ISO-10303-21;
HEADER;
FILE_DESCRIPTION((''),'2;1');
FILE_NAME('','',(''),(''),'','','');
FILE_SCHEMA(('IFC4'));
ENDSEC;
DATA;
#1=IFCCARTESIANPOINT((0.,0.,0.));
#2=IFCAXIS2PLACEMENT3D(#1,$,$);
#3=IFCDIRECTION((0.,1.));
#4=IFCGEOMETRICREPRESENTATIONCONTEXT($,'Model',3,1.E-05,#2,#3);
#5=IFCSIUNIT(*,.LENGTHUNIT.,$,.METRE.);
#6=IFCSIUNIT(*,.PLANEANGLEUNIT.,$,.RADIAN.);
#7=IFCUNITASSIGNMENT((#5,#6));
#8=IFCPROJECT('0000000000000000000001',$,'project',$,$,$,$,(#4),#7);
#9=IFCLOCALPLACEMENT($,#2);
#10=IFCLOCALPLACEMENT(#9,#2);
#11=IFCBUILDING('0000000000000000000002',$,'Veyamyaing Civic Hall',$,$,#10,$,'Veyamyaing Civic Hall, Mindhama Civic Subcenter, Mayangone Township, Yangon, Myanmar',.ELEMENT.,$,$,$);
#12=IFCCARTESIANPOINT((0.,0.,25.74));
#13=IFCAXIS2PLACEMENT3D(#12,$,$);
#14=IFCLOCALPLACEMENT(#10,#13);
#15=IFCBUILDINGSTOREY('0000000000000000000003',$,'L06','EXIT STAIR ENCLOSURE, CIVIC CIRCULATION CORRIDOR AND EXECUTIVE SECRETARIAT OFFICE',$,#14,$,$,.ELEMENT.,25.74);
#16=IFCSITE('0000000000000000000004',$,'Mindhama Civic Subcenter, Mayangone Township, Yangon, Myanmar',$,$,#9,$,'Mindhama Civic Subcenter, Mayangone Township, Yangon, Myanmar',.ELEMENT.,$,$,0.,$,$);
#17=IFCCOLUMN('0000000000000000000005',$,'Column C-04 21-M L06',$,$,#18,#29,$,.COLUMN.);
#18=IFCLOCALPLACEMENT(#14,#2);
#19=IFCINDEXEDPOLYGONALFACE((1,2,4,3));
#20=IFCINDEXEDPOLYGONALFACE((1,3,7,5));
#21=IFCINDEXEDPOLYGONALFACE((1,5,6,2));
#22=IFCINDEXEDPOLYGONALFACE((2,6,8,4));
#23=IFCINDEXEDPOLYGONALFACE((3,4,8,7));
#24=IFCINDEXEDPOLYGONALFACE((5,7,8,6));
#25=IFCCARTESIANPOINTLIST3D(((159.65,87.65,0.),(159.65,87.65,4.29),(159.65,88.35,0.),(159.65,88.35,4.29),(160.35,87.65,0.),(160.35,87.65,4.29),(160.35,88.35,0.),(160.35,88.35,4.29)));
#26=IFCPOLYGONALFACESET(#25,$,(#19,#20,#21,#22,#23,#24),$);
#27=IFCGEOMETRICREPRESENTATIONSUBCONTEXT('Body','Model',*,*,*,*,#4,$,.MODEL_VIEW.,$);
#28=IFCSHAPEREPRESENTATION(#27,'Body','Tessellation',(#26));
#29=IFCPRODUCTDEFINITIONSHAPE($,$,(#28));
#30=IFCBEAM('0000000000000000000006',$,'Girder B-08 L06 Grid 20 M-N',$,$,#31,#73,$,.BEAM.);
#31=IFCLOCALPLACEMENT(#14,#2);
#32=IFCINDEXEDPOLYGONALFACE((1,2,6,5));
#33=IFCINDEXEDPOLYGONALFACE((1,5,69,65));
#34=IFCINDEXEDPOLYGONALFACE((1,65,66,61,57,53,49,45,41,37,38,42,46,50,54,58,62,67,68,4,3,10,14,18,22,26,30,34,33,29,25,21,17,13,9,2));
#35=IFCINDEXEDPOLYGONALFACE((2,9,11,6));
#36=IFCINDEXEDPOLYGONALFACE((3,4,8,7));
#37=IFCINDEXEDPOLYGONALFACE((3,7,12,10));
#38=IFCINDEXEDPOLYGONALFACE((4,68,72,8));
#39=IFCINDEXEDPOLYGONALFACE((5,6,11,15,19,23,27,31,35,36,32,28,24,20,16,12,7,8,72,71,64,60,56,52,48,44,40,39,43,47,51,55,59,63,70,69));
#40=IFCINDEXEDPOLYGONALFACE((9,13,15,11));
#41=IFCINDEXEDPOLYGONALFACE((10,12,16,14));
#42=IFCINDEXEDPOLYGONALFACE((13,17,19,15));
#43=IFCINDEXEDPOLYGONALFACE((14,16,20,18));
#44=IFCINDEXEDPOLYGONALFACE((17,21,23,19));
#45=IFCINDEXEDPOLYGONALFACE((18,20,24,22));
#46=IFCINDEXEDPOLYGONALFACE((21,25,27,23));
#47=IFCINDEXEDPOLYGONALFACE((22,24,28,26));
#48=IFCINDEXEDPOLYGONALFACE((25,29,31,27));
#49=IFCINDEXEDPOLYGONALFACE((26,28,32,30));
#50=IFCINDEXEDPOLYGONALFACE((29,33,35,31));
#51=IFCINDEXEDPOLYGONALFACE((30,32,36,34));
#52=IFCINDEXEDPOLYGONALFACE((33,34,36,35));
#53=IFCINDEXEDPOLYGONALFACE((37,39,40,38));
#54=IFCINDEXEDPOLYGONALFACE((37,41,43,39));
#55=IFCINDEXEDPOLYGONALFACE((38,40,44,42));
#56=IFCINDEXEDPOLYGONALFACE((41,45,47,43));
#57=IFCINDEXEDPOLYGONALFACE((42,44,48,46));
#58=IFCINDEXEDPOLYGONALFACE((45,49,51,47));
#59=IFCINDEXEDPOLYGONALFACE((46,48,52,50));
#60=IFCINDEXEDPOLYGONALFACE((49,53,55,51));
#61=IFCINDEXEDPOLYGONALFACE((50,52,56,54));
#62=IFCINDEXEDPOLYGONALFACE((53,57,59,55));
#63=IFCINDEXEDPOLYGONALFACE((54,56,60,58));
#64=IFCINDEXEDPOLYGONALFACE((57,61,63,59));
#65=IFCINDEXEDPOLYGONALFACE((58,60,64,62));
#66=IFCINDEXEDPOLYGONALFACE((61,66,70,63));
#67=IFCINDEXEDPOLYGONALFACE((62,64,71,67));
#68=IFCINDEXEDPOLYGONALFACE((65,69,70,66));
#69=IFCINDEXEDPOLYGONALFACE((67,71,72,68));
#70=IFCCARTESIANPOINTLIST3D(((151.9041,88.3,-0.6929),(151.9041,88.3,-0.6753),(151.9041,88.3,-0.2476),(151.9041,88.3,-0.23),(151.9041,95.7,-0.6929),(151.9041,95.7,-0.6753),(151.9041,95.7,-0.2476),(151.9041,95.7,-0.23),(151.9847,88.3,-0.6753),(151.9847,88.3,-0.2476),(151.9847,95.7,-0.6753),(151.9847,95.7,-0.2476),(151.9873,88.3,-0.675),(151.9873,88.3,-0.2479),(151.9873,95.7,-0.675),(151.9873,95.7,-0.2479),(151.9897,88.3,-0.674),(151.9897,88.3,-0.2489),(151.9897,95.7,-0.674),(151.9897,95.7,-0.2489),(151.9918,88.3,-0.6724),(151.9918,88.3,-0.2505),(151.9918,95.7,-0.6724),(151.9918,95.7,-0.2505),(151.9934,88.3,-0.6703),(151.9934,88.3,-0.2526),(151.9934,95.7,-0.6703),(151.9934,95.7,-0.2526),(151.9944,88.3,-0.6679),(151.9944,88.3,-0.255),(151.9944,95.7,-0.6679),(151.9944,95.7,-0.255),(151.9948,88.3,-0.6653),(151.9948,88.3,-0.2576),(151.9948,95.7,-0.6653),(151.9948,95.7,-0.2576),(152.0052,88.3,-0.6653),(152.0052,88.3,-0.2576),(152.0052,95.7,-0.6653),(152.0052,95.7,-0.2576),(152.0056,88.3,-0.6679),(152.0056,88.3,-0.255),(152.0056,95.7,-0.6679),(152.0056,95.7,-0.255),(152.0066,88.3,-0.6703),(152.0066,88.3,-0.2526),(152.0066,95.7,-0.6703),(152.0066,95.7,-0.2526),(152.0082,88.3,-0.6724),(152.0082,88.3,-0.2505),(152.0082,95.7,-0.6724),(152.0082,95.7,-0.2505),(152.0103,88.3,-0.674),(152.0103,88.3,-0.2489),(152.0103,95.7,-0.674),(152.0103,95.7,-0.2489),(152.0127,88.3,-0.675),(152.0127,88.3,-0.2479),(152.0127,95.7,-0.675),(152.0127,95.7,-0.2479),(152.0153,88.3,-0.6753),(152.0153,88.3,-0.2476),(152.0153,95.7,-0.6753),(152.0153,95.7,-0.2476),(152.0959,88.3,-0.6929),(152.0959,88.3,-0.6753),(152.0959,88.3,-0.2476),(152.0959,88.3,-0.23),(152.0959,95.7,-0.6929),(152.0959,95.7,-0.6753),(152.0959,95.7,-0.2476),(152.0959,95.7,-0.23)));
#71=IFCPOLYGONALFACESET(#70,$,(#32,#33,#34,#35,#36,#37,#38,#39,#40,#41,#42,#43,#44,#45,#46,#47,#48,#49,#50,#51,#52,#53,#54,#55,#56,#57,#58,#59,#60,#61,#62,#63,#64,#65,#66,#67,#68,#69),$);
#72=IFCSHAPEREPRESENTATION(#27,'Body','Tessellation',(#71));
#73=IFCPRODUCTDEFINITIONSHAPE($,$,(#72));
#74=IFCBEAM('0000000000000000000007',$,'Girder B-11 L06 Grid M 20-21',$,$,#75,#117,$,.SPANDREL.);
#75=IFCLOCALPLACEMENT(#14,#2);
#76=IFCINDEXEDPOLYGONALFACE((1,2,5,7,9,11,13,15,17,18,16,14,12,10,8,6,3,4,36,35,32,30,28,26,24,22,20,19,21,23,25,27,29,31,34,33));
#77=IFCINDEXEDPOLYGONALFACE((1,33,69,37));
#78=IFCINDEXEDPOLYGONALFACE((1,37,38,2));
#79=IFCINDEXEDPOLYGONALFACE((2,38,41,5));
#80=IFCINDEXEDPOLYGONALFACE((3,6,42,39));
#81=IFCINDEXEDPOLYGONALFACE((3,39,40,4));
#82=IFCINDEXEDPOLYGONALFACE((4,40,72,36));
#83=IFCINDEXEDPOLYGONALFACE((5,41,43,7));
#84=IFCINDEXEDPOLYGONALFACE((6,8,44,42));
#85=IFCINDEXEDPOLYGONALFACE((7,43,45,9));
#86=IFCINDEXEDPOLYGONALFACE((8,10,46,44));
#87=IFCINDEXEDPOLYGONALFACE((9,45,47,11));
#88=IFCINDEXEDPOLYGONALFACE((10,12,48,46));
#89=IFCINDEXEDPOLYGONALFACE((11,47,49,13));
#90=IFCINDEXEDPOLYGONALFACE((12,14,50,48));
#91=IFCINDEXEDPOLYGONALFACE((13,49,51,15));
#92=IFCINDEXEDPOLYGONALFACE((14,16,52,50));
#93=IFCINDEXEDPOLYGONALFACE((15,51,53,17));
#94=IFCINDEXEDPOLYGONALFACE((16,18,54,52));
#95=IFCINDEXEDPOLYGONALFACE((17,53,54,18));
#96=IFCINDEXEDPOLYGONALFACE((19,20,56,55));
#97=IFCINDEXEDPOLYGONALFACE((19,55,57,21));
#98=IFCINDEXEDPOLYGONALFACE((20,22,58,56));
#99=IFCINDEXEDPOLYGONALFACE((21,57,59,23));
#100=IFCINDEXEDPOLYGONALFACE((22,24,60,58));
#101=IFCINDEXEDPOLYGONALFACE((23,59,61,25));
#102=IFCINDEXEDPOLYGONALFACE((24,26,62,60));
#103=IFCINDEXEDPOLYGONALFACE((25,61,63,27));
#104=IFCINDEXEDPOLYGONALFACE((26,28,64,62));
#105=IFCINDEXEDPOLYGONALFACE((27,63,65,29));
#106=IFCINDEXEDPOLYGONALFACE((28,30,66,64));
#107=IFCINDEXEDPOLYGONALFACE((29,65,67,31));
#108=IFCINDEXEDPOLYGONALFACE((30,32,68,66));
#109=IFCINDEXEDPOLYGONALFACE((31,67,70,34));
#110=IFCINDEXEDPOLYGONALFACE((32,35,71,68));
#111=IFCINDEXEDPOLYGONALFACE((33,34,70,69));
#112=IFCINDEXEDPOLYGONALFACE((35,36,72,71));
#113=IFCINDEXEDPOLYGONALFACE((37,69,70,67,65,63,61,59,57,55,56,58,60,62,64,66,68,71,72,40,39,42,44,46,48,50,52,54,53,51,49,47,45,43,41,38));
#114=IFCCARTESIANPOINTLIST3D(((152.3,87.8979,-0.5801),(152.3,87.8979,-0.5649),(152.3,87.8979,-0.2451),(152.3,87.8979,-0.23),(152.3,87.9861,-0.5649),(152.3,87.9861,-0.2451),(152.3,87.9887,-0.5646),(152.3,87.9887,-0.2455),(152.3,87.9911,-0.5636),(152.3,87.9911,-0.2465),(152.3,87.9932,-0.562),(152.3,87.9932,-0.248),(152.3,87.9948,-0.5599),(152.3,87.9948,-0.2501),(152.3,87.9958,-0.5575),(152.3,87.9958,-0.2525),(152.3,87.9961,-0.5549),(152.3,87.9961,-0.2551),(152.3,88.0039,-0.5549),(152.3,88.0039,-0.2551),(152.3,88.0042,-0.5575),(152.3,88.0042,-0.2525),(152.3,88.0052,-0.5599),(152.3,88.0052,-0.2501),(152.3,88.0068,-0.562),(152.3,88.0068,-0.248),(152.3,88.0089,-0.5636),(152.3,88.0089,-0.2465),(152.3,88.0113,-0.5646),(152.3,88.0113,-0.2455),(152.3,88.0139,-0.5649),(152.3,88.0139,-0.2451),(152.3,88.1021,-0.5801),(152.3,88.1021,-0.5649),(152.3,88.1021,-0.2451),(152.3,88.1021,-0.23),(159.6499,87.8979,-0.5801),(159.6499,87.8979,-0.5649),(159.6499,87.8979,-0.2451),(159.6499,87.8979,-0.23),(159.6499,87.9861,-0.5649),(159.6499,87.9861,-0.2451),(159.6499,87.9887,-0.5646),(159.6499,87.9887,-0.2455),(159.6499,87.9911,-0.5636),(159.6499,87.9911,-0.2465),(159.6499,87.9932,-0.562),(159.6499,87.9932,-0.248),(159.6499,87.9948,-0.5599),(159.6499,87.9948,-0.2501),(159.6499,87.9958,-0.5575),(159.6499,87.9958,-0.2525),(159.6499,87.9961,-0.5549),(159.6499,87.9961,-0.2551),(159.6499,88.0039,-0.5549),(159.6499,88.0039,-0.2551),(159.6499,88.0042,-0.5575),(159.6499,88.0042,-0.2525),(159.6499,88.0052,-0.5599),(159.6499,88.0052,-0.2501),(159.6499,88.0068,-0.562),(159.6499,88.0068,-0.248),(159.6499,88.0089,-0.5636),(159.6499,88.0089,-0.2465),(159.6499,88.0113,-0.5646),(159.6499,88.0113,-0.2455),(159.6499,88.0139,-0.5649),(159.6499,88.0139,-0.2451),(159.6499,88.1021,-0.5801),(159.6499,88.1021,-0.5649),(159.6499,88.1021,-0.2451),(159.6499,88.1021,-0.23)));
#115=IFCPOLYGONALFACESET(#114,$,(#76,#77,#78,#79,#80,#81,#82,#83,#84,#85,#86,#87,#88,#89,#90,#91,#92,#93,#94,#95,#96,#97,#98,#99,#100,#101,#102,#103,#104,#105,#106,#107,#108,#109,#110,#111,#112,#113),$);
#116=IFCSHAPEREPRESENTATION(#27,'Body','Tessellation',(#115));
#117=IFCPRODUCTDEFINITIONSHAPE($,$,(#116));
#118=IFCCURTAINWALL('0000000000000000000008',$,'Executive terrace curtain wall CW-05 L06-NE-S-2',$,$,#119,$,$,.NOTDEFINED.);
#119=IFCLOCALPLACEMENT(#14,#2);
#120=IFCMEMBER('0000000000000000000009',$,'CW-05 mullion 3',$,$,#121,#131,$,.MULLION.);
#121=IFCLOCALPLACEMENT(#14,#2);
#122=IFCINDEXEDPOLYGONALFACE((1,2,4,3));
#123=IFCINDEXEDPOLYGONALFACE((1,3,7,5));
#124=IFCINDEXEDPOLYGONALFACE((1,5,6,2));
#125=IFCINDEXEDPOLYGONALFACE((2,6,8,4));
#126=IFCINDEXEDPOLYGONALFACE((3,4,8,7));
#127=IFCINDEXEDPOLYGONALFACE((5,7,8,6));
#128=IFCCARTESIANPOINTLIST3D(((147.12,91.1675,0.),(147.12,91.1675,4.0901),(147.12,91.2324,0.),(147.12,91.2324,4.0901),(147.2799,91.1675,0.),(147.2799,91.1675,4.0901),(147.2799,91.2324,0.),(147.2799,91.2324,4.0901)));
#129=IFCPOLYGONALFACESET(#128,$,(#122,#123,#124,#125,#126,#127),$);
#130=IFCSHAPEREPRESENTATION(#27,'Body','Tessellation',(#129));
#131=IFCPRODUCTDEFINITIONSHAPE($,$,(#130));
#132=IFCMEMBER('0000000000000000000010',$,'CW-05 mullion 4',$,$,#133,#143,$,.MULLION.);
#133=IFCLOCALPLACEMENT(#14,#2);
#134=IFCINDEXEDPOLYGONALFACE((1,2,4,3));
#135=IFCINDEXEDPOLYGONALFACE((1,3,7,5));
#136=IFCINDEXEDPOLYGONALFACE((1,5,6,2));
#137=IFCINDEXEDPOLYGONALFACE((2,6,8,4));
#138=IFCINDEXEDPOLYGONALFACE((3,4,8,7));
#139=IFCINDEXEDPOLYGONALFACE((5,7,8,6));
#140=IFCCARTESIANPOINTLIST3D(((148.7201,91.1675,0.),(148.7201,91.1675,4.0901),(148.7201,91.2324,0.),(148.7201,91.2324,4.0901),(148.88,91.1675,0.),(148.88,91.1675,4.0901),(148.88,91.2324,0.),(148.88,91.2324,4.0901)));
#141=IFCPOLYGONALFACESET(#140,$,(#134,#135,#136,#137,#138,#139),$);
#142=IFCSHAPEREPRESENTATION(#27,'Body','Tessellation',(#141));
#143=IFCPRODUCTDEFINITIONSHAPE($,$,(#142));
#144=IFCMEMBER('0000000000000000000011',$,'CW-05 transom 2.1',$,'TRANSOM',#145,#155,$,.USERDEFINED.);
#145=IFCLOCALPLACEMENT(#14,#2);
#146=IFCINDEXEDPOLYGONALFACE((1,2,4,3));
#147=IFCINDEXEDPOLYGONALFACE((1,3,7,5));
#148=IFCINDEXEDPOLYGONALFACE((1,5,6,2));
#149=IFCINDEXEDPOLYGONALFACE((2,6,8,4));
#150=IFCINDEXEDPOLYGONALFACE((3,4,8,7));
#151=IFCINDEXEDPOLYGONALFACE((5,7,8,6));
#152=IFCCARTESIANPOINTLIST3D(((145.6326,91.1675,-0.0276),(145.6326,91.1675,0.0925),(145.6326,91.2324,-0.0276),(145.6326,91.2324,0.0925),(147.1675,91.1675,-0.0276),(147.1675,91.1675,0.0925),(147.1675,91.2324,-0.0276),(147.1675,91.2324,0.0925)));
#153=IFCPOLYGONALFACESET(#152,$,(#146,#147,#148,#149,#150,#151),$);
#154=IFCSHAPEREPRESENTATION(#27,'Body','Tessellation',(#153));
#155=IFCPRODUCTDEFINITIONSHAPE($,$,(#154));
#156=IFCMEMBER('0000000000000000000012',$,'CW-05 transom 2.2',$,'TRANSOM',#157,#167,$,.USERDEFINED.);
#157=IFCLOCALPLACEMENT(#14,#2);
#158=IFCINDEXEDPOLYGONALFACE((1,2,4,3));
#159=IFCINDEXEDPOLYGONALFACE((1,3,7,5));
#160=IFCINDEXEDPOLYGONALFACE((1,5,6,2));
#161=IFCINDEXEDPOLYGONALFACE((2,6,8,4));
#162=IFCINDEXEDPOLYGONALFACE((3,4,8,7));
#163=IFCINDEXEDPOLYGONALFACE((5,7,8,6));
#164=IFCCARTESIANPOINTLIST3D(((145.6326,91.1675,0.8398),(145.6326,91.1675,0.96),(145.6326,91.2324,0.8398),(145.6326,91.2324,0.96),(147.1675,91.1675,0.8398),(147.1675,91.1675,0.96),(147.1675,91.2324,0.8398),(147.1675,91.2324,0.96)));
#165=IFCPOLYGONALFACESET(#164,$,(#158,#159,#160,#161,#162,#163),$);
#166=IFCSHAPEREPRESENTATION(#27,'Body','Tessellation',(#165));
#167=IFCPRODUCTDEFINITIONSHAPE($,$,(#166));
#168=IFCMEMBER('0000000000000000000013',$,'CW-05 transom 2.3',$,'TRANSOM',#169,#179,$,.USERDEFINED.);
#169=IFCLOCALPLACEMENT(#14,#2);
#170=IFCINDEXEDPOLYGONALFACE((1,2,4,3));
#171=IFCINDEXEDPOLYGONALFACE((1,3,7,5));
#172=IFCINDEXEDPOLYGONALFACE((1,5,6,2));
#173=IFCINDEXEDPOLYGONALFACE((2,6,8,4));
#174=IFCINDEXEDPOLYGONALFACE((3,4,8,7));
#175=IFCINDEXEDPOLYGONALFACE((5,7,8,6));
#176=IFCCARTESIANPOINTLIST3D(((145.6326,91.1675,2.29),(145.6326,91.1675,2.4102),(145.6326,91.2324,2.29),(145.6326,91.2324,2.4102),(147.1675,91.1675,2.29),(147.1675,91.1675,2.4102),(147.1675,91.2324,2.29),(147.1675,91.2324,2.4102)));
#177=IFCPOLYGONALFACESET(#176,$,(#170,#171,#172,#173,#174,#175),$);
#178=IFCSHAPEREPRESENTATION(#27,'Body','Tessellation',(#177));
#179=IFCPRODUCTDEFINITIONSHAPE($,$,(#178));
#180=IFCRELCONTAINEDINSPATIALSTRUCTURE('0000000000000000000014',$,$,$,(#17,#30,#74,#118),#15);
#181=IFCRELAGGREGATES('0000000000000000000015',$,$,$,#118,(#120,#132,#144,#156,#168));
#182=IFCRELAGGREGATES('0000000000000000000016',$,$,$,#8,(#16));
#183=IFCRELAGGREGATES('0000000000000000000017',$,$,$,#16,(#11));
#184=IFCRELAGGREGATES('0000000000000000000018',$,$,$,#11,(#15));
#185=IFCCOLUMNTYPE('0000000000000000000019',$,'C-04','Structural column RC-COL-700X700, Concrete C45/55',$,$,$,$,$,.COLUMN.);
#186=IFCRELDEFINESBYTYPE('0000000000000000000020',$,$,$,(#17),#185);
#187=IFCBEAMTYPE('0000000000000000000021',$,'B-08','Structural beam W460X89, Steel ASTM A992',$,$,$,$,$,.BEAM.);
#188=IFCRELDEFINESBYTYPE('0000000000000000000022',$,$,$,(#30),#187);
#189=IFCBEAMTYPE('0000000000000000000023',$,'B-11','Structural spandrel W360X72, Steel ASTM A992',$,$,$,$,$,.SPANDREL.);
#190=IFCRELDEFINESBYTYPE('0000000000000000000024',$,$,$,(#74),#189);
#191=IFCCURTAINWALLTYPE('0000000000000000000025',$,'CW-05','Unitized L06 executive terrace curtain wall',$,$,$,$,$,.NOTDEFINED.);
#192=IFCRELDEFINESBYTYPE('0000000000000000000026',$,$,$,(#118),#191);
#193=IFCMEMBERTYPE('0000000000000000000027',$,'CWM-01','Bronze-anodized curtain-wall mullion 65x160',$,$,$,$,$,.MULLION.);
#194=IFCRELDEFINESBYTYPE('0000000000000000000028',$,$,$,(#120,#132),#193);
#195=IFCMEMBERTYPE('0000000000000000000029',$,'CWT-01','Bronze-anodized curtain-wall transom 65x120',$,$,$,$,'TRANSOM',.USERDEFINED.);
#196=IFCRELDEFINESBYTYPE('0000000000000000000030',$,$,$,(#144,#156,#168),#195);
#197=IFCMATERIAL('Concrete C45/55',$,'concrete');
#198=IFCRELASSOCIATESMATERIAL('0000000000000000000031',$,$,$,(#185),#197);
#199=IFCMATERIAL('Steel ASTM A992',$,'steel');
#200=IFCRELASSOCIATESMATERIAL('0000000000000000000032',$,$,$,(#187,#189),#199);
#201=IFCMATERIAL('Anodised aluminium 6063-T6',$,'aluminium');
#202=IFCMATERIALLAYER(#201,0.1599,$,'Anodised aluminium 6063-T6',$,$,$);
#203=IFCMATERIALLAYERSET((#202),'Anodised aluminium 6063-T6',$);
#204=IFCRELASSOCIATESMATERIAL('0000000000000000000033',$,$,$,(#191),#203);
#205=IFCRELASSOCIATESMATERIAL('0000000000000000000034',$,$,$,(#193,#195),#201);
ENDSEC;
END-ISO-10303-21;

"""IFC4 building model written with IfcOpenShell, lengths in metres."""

from ifc_helpers import new_model, si_unit, direction, frame, origin, origin_2d, place, context, subcontext, project, spatial, rectangle, i_section, extrude, material, layer, layer_set, material_profile, profile_set, type_object, element, aggregate, save


model = new_model("IFC4")

# Units and contexts
model_context = context("Model", 3, precision=1e-05, world=origin(), true_north=direction((0.0, 1.0)))
body_context = subcontext(model_context, "Body", "Model", "MODEL_VIEW")
ifc_project = project(units=[si_unit("LENGTHUNIT", "METRE"), si_unit("PLANEANGLEUNIT", "RADIAN")], contexts=[model_context])

# Site, building, storey
site_placement = place(None, origin())
site = spatial("IfcSite", under=ifc_project, at=site_placement, Name="Mindhama Civic Subcenter, Mayangone Township, Yangon, Myanmar", LongName="Mindhama Civic Subcenter, Mayangone Township, Yangon, Myanmar", CompositionType="ELEMENT", RefElevation=0.0)
building_placement = place(site_placement, origin())
building = spatial("IfcBuilding", under=site, at=building_placement, Name="Veyamyaing Civic Hall", LongName="Veyamyaing Civic Hall, Mindhama Civic Subcenter, Mayangone Township, Yangon, Myanmar", CompositionType="ELEMENT")
storey_placement = place(building_placement, frame((0.0, 0.0, 25.74)))
storey = spatial("IfcBuildingStorey", under=building, at=storey_placement, Name="L06", Description="EXIT STAIR ENCLOSURE, CIVIC CIRCULATION CORRIDOR AND EXECUTIVE SECRETARIAT OFFICE", CompositionType="ELEMENT", Elevation=25.74)

# Column
ifc_material_1 = material(Name="Concrete C45/55", Category="concrete")
ifc_material_profile_1 = material_profile(ifc_material_1, rectangle(XDim=0.7, YDim=0.7, at=origin_2d()), Name="RC-COL-700X700")
ifc_profile_set_1 = profile_set([ifc_material_profile_1], Name="Concrete C45/55")
column_type = type_object("IfcColumnType", Name="C-04", Description="Structural column RC-COL-700X700, Concrete C45/55", PredefinedType="COLUMN", material=ifc_profile_set_1)
column_placement = place(storey_placement, frame((160.0, 88.0, 0.0), z_axis=(0.0, 0.0, 1.0), x_axis=(1.0, 0.0, 0.0)))
element("IfcColumn", 1, at=column_placement, inside=storey, type_object=column_type, Name="Column C-04 21-M L06", PredefinedType="COLUMN", context=body_context, shape_type="SweptSolid", body=[
    extrude(rectangle(XDim=0.7, YDim=0.7, at=origin_2d()), origin(), (0.0, 0.0, 1.0), 4.29),
])

# Beams
ifc_material_2 = material(Name="Steel ASTM A992", Category="steel")
ifc_material_profile_2 = material_profile(ifc_material_2, i_section(OverallWidth=0.1919, OverallDepth=0.4629, WebThickness=0.0105, FlangeThickness=0.0176, FilletRadius=0.01, at=origin_2d()), Name="W460X89")
ifc_profile_set_2 = profile_set([ifc_material_profile_2], Name="Steel ASTM A992")
beam_type_1 = type_object("IfcBeamType", Name="B-08", Description="Structural beam W460X89, Steel ASTM A992", PredefinedType="BEAM", material=ifc_profile_set_2)
beam_1_placement = place(storey_placement, frame((152.0, 88.3, -0.4614), z_axis=(0.0, 1.0, 0.0), x_axis=(-1.0, 0.0, 0.0)))
element("IfcBeam", 2, at=beam_1_placement, inside=storey, type_object=beam_type_1, Name="Girder B-08 L06 Grid 20 M-N", PredefinedType="BEAM", context=body_context, shape_type="SweptSolid", body=[
    extrude(i_section(OverallWidth=0.1919, OverallDepth=0.4629, WebThickness=0.0105, FlangeThickness=0.0176, FilletRadius=0.01, at=origin_2d()), origin(), (0.0, 0.0, 1.0), 7.3999),
])
ifc_material_profile_3 = material_profile(ifc_material_2, i_section(OverallWidth=0.2041, OverallDepth=0.3501, WebThickness=0.0078, FlangeThickness=0.0151, FilletRadius=0.01, at=origin_2d()), Name="W360X72")
ifc_profile_set_3 = profile_set([ifc_material_profile_3], Name="Steel ASTM A992")
beam_type_2 = type_object("IfcBeamType", Name="B-11", Description="Structural spandrel W360X72, Steel ASTM A992", PredefinedType="SPANDREL", material=ifc_profile_set_3)
beam_2_placement = place(storey_placement, frame((152.3, 88.0, -0.405), z_axis=(1.0, 0.0, 0.0), x_axis=(0.0, 1.0, 0.0)))
element("IfcBeam", 3, at=beam_2_placement, inside=storey, type_object=beam_type_2, Name="Girder B-11 L06 Grid M 20-21", PredefinedType="SPANDREL", context=body_context, shape_type="SweptSolid", body=[
    extrude(i_section(OverallWidth=0.2041, OverallDepth=0.3501, WebThickness=0.0078, FlangeThickness=0.0151, FilletRadius=0.01, at=origin_2d()), origin(), (0.0, 0.0, 1.0), 7.3499),
])

# Curtain wall, members
ifc_material_3 = material(Name="Anodised aluminium 6063-T6", Category="aluminium")
ifc_layer_1 = layer(ifc_material_3, 0.1599, Name="Anodised aluminium 6063-T6")
ifc_layer_set_1 = layer_set([ifc_layer_1], Name="Anodised aluminium 6063-T6")
curtain_wall_type = type_object("IfcCurtainWallType", Name="CW-05", Description="Unitized L06 executive terrace curtain wall", PredefinedType="NOTDEFINED", material=ifc_layer_set_1)
curtain_wall_placement = place(storey_placement, origin())
curtain_wall = element("IfcCurtainWall", 4, at=curtain_wall_placement, inside=storey, type_object=curtain_wall_type, Name="Executive terrace curtain wall CW-05 L06-NE-S-2", PredefinedType="NOTDEFINED")
ifc_material_profile_4 = material_profile(ifc_material_3, rectangle(XDim=0.0649, YDim=0.1599, at=origin_2d()), Name="ALU-MUL-65X160")
ifc_profile_set_4 = profile_set([ifc_material_profile_4], Name="Anodised aluminium 6063-T6")
member_type_1 = type_object("IfcMemberType", Name="CWM-01", Description="Bronze-anodized curtain-wall mullion 65x160", PredefinedType="MULLION", material=ifc_profile_set_4)
member_1_placement = place(storey_placement, frame((147.2, 91.2, 0.0), z_axis=(0.0, 0.0, 1.0), x_axis=(0.0, 1.0, 0.0)))
member_1 = element("IfcMember", 5, at=member_1_placement, type_object=member_type_1, Name="CW-05 mullion 3", PredefinedType="MULLION", context=body_context, shape_type="SweptSolid", body=[
    extrude(rectangle(XDim=0.0649, YDim=0.1599, at=origin_2d()), origin(), (0.0, 0.0, 1.0), 4.0901),
])
member_2_placement = place(storey_placement, frame((148.8, 91.2, 0.0), z_axis=(0.0, 0.0, 1.0), x_axis=(0.0, 1.0, 0.0)))
member_2 = element("IfcMember", 6, at=member_2_placement, type_object=member_type_1, Name="CW-05 mullion 4", PredefinedType="MULLION", context=body_context, shape_type="SweptSolid", body=[
    extrude(rectangle(XDim=0.0649, YDim=0.1599, at=origin_2d()), origin(), (0.0, 0.0, 1.0), 4.0901),
])
ifc_material_profile_5 = material_profile(ifc_material_3, rectangle(XDim=0.0649, YDim=0.1201, at=origin_2d()), Name="ALU-TRN-65X120")
ifc_profile_set_5 = profile_set([ifc_material_profile_5], Name="Anodised aluminium 6063-T6")
member_type_2 = type_object("IfcMemberType", Name="CWT-01", Description="Bronze-anodized curtain-wall transom 65x120", ElementType="TRANSOM", PredefinedType="USERDEFINED", material=ifc_profile_set_5)
member_3_placement = place(storey_placement, frame((145.6326, 91.2, 0.0325), z_axis=(1.0, 0.0, 0.0), x_axis=(0.0, 1.0, 0.0)))
member_3 = element("IfcMember", 7, at=member_3_placement, type_object=member_type_2, Name="CW-05 transom 2.1", ObjectType="TRANSOM", PredefinedType="USERDEFINED", context=body_context, shape_type="SweptSolid", body=[
    extrude(rectangle(XDim=0.0649, YDim=0.1201, at=origin_2d()), origin(), (0.0, 0.0, 1.0), 1.5349),
])
member_4_placement = place(storey_placement, frame((145.6326, 91.2, 0.8999), z_axis=(1.0, 0.0, 0.0), x_axis=(0.0, 1.0, 0.0)))
member_4 = element("IfcMember", 8, at=member_4_placement, type_object=member_type_2, Name="CW-05 transom 2.2", ObjectType="TRANSOM", PredefinedType="USERDEFINED", context=body_context, shape_type="SweptSolid", body=[
    extrude(rectangle(XDim=0.0649, YDim=0.1201, at=origin_2d()), origin(), (0.0, 0.0, 1.0), 1.5349),
])
member_5_placement = place(storey_placement, frame((145.6326, 91.2, 2.3501), z_axis=(1.0, 0.0, 0.0), x_axis=(0.0, 1.0, 0.0)))
member_5 = element("IfcMember", 9, at=member_5_placement, type_object=member_type_2, Name="CW-05 transom 2.3", ObjectType="TRANSOM", PredefinedType="USERDEFINED", context=body_context, shape_type="SweptSolid", body=[
    extrude(rectangle(XDim=0.0649, YDim=0.1201, at=origin_2d()), origin(), (0.0, 0.0, 1.0), 1.5349),
])

aggregate(curtain_wall, [member_1, member_2, member_3, member_4, member_5])

save(model, "model.ifc")
